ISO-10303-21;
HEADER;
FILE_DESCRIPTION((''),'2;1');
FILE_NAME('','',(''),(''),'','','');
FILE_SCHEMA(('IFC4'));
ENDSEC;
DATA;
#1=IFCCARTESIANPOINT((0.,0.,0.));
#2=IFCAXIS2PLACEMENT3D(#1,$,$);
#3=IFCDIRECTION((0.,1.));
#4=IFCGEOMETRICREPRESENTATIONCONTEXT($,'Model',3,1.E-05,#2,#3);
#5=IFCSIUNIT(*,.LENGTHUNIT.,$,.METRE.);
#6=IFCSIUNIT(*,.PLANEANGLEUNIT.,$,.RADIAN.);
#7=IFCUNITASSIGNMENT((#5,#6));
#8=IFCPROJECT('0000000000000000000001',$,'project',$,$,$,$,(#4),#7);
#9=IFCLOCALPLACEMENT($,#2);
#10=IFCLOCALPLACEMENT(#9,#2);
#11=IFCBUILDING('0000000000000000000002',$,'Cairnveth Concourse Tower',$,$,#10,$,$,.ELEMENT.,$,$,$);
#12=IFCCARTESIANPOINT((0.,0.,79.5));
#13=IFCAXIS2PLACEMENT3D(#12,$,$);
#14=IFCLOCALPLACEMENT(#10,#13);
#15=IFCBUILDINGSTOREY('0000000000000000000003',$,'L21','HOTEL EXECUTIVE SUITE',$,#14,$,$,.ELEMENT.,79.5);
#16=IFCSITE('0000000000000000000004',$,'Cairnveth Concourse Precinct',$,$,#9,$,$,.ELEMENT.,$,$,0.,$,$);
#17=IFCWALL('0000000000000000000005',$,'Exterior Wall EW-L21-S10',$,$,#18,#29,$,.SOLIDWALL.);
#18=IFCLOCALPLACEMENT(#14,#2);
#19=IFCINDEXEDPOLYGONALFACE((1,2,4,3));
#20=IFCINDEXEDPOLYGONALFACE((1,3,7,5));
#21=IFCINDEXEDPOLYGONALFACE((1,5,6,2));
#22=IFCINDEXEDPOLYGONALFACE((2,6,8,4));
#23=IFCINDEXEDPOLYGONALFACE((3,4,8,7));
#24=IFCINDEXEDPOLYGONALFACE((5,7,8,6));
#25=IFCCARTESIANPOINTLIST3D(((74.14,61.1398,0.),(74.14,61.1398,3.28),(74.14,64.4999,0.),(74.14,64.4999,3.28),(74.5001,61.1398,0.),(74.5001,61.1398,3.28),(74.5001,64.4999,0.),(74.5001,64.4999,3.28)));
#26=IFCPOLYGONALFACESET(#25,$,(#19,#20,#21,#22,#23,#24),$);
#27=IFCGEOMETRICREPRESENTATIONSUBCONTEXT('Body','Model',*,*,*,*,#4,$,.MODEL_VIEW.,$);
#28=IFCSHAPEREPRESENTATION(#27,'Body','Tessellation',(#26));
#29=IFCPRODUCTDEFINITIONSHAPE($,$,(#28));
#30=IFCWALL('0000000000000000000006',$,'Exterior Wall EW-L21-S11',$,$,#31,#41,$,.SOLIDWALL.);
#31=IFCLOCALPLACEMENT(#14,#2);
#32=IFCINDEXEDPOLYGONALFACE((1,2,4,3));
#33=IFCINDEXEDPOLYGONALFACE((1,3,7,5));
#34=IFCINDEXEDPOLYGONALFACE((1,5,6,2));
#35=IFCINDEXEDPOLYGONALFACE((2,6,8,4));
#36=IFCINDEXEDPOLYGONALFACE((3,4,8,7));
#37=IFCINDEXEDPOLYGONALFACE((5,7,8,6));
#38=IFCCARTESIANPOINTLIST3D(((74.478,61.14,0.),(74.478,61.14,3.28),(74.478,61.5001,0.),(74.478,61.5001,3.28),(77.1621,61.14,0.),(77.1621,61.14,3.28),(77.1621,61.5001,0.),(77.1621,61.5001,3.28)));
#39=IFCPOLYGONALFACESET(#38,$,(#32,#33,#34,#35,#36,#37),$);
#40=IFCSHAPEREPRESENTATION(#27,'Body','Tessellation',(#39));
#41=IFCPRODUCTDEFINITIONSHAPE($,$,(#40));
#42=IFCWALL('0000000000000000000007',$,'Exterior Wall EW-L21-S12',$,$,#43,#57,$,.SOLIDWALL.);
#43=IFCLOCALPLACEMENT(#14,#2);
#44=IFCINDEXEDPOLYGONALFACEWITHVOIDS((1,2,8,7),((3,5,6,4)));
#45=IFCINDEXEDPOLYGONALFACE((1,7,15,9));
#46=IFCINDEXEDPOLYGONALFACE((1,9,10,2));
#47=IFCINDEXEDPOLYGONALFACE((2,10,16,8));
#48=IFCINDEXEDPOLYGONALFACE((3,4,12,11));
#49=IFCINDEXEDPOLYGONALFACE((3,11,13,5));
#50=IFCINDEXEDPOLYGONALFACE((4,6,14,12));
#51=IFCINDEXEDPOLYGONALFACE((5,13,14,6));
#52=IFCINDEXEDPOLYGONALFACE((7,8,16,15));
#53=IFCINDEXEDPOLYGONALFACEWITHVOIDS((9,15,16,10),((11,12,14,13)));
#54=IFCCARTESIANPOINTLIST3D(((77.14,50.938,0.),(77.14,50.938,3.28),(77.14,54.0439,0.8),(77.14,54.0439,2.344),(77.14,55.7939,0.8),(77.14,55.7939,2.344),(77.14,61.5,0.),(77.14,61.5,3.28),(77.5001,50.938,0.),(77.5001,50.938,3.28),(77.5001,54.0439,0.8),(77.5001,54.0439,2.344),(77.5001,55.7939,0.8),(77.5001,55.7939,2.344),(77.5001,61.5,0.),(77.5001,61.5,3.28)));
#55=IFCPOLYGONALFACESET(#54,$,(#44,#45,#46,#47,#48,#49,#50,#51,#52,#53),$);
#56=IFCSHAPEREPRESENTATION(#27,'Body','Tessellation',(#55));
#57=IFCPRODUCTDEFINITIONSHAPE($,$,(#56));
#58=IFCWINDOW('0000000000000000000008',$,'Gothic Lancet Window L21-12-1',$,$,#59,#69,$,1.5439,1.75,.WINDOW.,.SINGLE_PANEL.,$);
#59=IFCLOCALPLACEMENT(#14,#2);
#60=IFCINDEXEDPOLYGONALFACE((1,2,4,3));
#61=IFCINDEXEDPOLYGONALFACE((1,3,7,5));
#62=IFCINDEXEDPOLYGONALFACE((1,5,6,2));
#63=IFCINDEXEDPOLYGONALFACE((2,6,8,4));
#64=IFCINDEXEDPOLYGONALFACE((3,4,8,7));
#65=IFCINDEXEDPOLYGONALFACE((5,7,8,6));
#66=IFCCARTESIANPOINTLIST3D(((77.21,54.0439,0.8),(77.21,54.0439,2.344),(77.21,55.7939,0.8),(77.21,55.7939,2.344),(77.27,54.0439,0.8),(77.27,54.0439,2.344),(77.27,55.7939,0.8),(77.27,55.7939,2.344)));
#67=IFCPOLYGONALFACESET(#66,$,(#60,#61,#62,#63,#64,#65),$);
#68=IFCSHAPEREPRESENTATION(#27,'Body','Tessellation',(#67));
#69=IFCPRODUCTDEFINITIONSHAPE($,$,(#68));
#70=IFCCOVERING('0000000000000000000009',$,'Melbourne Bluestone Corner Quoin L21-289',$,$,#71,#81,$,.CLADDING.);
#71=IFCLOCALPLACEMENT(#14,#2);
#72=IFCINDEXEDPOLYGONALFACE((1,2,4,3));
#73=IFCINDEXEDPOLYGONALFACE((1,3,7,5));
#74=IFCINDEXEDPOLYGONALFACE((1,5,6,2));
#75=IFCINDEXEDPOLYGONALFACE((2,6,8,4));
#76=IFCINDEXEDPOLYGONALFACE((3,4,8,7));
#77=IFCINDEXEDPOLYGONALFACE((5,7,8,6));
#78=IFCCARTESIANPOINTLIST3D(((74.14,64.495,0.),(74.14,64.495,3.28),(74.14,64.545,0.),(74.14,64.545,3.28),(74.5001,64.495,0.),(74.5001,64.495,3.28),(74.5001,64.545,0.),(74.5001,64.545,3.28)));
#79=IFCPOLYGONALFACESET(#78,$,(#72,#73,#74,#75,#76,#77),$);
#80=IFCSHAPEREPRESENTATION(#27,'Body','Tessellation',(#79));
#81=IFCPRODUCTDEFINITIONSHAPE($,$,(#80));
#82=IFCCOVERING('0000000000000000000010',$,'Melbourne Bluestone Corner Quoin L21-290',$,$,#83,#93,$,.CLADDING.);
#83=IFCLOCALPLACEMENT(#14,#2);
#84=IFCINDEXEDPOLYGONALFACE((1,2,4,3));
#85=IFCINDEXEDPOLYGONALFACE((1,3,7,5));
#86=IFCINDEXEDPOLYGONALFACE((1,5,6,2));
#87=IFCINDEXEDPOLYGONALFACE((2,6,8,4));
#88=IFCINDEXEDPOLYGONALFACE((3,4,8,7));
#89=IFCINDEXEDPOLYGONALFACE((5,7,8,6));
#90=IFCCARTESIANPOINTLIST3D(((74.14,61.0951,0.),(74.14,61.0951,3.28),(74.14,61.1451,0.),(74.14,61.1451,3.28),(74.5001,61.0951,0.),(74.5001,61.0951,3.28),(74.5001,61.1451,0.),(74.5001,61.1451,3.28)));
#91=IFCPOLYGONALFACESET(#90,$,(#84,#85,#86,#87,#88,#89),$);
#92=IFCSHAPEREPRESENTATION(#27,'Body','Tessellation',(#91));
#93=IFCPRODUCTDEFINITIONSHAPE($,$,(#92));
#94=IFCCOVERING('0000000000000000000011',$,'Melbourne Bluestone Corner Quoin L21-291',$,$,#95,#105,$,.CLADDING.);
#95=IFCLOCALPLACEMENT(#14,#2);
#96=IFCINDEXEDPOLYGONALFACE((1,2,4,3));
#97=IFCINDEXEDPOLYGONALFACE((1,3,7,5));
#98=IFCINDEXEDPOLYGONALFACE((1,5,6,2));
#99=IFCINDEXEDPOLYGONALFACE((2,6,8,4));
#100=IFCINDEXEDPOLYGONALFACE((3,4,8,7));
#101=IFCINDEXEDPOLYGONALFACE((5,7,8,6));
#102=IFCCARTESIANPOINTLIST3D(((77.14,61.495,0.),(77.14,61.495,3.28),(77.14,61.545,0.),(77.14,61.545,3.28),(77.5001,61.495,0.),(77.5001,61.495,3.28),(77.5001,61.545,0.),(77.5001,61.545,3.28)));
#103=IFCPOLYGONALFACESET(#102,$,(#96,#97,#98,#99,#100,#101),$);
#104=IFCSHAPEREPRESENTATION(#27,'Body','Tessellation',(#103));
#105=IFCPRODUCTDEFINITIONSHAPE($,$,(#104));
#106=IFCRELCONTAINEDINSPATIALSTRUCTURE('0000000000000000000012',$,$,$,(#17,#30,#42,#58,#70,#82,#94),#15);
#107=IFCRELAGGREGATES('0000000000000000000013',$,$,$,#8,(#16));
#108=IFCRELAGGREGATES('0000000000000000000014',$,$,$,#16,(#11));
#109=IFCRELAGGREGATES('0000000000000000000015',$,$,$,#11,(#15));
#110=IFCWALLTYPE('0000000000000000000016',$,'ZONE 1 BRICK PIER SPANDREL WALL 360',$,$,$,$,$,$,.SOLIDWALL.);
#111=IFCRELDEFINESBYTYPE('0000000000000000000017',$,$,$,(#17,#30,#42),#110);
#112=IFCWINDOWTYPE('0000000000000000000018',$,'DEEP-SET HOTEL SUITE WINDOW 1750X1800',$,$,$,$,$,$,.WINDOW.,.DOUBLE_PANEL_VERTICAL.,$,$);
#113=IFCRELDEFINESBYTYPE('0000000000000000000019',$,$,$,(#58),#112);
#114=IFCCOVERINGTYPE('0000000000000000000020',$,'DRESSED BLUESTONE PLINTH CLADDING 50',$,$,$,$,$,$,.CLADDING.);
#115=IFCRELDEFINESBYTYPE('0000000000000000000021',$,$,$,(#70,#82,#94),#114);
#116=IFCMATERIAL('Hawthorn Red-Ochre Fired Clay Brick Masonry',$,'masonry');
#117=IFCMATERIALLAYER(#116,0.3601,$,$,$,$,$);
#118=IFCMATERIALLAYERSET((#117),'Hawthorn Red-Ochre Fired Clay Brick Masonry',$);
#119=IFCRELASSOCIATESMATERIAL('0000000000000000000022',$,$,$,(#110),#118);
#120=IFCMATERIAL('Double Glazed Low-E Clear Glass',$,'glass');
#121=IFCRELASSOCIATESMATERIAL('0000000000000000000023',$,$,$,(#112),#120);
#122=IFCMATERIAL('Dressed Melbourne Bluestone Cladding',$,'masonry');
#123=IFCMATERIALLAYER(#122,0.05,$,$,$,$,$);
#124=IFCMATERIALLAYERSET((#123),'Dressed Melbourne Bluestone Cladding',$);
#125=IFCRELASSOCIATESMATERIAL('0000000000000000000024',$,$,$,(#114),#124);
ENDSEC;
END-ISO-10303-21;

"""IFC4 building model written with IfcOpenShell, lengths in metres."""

from ifc_helpers import new_model, si_unit, direction, frame, frame_2d, origin, place, context, subcontext, project, spatial, rectangle, extrude, material, layer, layer_set, type_object, element, fill, save


model = new_model("IFC4")

# Units and contexts
model_context = context("Model", 3, precision=1e-05, world=origin(), true_north=direction((0.0, 1.0)))
body_context = subcontext(model_context, "Body", "Model", "MODEL_VIEW")
ifc_project = project(units=[si_unit("LENGTHUNIT", "METRE"), si_unit("PLANEANGLEUNIT", "RADIAN")], contexts=[model_context])

# Site, building, storey
site_placement = place(None, origin())
site = spatial("IfcSite", under=ifc_project, at=site_placement, Name="Cairnveth Concourse Precinct", CompositionType="ELEMENT", RefElevation=0.0)
building_placement = place(site_placement, origin())
building = spatial("IfcBuilding", under=site, at=building_placement, Name="Cairnveth Concourse Tower", CompositionType="ELEMENT")
storey_placement = place(building_placement, frame((0.0, 0.0, 79.5)))
storey = spatial("IfcBuildingStorey", under=building, at=storey_placement, Name="L21", Description="HOTEL EXECUTIVE SUITE", CompositionType="ELEMENT", Elevation=79.5)

# Walls
ifc_material_1 = material(Name="Hawthorn Red-Ochre Fired Clay Brick Masonry", Category="masonry")
ifc_layer_1 = layer(ifc_material_1, 0.3601)
ifc_layer_set_1 = layer_set([ifc_layer_1], Name="Hawthorn Red-Ochre Fired Clay Brick Masonry")
wall_type = type_object("IfcWallType", Name="ZONE 1 BRICK PIER SPANDREL WALL 360", PredefinedType="SOLIDWALL", material=ifc_layer_set_1)
wall_1_placement = place(storey_placement, frame((74.3201, 64.5, 0.0), z_axis=(0.0, 0.0, 1.0), x_axis=(0.0, -1.0, 0.0)))
element("IfcWall", 1, at=wall_1_placement, inside=storey, type_object=wall_type, Name="Exterior Wall EW-L21-S10", PredefinedType="SOLIDWALL", context=body_context, shape_type="SweptSolid", body=[
    extrude(rectangle(XDim=3.3601, YDim=0.3601, at=frame_2d((1.6802, 0.0))), origin(), (0.0, 0.0, 1.0), 3.28),
])
wall_2_placement = place(storey_placement, frame((74.478, 61.3201, 0.0), z_axis=(0.0, 0.0, 1.0), x_axis=(1.0, 0.0, 0.0)))
element("IfcWall", 2, at=wall_2_placement, inside=storey, type_object=wall_type, Name="Exterior Wall EW-L21-S11", PredefinedType="SOLIDWALL", context=body_context, shape_type="SweptSolid", body=[
    extrude(rectangle(XDim=2.6841, YDim=0.3601, at=frame_2d((1.342, 0.0))), origin(), (0.0, 0.0, 1.0), 3.28),
])

# Wall, opening, window
wall_3_placement = place(storey_placement, frame((77.3201, 61.5, 0.0), z_axis=(0.0, 0.0, 1.0), x_axis=(0.0, -1.0, 0.0)))
wall_3 = element("IfcWall", 3, at=wall_3_placement, inside=storey, type_object=wall_type, Name="Exterior Wall EW-L21-S12", PredefinedType="SOLIDWALL", context=body_context, shape_type="SweptSolid", body=[
    extrude(rectangle(XDim=10.562, YDim=0.3601, at=frame_2d((5.281, 0.0))), origin(), (0.0, 0.0, 1.0), 3.28),
])
opening_placement = place(wall_3_placement, frame((5.7061, 0.0, 0.8)))
opening = element("IfcOpeningElement", 4, at=opening_placement, cuts=wall_3, PredefinedType="OPENING", context=body_context, shape_type="SweptSolid", body=[
    extrude(rectangle(XDim=1.75, YDim=1.5439, at=frame_2d((0.875, 0.772))), frame((0.0, 0.1899, 0.0), z_axis=(0.0, -1.0, 0.0), x_axis=(1.0, 0.0, 0.0)), (0.0, 0.0, 1.0), 0.3801),
])
ifc_material_2 = material(Name="Double Glazed Low-E Clear Glass", Category="glass")
window_type = type_object("IfcWindowType", Name="DEEP-SET HOTEL SUITE WINDOW 1750X1800", PartitioningType="DOUBLE_PANEL_VERTICAL", PredefinedType="WINDOW", material=ifc_material_2)
window_placement = place(opening_placement, origin())
window = element("IfcWindow", 5, at=window_placement, inside=storey, type_object=window_type, Name="Gothic Lancet Window L21-12-1", OverallHeight=1.5439, OverallWidth=1.75, PartitioningType="SINGLE_PANEL", PredefinedType="WINDOW", context=body_context, shape_type="SweptSolid", body=[
    extrude(rectangle(XDim=1.75, YDim=1.5439, at=frame_2d((0.875, 0.772))), frame((0.0, -0.05, 0.0), z_axis=(0.0, -1.0, 0.0), x_axis=(1.0, 0.0, 0.0)), (0.0, 0.0, 1.0), 0.0601),
])
fill(opening, window)

# Coverings
ifc_material_3 = material(Name="Dressed Melbourne Bluestone Cladding", Category="masonry")
ifc_layer_2 = layer(ifc_material_3, 0.05)
ifc_layer_set_2 = layer_set([ifc_layer_2], Name="Dressed Melbourne Bluestone Cladding")
covering_type = type_object("IfcCoveringType", Name="DRESSED BLUESTONE PLINTH CLADDING 50", PredefinedType="CLADDING", material=ifc_layer_set_2)
for number, where, z_axis, x_axis, name in (
    (6, (74.1399, 64.52, 0.0), (0.0, 0.0, 1.0), (1.0, 0.0, 0.0), "Melbourne Bluestone Corner Quoin L21-289"),
    (7, (74.1399, 61.1201, 0.0), (0.0, 0.0, 1.0), (1.0, 0.0, 0.0), "Melbourne Bluestone Corner Quoin L21-290"),
    (8, (77.1399, 61.52, 0.0), (0.0, 0.0, 1.0), (1.0, 0.0, 0.0), "Melbourne Bluestone Corner Quoin L21-291"),
):
    element("IfcCovering", number, at=place(storey_placement, frame(where, z_axis=z_axis, x_axis=x_axis)), inside=storey, type_object=covering_type, Name=name, PredefinedType="CLADDING", context=body_context, shape_type="SweptSolid", body=[
        extrude(rectangle(XDim=0.3601, YDim=0.05, at=frame_2d((0.1802, 0.0))), origin(), (0.0, 0.0, 1.0), 3.28),
    ])

save(model, "model.ifc")
